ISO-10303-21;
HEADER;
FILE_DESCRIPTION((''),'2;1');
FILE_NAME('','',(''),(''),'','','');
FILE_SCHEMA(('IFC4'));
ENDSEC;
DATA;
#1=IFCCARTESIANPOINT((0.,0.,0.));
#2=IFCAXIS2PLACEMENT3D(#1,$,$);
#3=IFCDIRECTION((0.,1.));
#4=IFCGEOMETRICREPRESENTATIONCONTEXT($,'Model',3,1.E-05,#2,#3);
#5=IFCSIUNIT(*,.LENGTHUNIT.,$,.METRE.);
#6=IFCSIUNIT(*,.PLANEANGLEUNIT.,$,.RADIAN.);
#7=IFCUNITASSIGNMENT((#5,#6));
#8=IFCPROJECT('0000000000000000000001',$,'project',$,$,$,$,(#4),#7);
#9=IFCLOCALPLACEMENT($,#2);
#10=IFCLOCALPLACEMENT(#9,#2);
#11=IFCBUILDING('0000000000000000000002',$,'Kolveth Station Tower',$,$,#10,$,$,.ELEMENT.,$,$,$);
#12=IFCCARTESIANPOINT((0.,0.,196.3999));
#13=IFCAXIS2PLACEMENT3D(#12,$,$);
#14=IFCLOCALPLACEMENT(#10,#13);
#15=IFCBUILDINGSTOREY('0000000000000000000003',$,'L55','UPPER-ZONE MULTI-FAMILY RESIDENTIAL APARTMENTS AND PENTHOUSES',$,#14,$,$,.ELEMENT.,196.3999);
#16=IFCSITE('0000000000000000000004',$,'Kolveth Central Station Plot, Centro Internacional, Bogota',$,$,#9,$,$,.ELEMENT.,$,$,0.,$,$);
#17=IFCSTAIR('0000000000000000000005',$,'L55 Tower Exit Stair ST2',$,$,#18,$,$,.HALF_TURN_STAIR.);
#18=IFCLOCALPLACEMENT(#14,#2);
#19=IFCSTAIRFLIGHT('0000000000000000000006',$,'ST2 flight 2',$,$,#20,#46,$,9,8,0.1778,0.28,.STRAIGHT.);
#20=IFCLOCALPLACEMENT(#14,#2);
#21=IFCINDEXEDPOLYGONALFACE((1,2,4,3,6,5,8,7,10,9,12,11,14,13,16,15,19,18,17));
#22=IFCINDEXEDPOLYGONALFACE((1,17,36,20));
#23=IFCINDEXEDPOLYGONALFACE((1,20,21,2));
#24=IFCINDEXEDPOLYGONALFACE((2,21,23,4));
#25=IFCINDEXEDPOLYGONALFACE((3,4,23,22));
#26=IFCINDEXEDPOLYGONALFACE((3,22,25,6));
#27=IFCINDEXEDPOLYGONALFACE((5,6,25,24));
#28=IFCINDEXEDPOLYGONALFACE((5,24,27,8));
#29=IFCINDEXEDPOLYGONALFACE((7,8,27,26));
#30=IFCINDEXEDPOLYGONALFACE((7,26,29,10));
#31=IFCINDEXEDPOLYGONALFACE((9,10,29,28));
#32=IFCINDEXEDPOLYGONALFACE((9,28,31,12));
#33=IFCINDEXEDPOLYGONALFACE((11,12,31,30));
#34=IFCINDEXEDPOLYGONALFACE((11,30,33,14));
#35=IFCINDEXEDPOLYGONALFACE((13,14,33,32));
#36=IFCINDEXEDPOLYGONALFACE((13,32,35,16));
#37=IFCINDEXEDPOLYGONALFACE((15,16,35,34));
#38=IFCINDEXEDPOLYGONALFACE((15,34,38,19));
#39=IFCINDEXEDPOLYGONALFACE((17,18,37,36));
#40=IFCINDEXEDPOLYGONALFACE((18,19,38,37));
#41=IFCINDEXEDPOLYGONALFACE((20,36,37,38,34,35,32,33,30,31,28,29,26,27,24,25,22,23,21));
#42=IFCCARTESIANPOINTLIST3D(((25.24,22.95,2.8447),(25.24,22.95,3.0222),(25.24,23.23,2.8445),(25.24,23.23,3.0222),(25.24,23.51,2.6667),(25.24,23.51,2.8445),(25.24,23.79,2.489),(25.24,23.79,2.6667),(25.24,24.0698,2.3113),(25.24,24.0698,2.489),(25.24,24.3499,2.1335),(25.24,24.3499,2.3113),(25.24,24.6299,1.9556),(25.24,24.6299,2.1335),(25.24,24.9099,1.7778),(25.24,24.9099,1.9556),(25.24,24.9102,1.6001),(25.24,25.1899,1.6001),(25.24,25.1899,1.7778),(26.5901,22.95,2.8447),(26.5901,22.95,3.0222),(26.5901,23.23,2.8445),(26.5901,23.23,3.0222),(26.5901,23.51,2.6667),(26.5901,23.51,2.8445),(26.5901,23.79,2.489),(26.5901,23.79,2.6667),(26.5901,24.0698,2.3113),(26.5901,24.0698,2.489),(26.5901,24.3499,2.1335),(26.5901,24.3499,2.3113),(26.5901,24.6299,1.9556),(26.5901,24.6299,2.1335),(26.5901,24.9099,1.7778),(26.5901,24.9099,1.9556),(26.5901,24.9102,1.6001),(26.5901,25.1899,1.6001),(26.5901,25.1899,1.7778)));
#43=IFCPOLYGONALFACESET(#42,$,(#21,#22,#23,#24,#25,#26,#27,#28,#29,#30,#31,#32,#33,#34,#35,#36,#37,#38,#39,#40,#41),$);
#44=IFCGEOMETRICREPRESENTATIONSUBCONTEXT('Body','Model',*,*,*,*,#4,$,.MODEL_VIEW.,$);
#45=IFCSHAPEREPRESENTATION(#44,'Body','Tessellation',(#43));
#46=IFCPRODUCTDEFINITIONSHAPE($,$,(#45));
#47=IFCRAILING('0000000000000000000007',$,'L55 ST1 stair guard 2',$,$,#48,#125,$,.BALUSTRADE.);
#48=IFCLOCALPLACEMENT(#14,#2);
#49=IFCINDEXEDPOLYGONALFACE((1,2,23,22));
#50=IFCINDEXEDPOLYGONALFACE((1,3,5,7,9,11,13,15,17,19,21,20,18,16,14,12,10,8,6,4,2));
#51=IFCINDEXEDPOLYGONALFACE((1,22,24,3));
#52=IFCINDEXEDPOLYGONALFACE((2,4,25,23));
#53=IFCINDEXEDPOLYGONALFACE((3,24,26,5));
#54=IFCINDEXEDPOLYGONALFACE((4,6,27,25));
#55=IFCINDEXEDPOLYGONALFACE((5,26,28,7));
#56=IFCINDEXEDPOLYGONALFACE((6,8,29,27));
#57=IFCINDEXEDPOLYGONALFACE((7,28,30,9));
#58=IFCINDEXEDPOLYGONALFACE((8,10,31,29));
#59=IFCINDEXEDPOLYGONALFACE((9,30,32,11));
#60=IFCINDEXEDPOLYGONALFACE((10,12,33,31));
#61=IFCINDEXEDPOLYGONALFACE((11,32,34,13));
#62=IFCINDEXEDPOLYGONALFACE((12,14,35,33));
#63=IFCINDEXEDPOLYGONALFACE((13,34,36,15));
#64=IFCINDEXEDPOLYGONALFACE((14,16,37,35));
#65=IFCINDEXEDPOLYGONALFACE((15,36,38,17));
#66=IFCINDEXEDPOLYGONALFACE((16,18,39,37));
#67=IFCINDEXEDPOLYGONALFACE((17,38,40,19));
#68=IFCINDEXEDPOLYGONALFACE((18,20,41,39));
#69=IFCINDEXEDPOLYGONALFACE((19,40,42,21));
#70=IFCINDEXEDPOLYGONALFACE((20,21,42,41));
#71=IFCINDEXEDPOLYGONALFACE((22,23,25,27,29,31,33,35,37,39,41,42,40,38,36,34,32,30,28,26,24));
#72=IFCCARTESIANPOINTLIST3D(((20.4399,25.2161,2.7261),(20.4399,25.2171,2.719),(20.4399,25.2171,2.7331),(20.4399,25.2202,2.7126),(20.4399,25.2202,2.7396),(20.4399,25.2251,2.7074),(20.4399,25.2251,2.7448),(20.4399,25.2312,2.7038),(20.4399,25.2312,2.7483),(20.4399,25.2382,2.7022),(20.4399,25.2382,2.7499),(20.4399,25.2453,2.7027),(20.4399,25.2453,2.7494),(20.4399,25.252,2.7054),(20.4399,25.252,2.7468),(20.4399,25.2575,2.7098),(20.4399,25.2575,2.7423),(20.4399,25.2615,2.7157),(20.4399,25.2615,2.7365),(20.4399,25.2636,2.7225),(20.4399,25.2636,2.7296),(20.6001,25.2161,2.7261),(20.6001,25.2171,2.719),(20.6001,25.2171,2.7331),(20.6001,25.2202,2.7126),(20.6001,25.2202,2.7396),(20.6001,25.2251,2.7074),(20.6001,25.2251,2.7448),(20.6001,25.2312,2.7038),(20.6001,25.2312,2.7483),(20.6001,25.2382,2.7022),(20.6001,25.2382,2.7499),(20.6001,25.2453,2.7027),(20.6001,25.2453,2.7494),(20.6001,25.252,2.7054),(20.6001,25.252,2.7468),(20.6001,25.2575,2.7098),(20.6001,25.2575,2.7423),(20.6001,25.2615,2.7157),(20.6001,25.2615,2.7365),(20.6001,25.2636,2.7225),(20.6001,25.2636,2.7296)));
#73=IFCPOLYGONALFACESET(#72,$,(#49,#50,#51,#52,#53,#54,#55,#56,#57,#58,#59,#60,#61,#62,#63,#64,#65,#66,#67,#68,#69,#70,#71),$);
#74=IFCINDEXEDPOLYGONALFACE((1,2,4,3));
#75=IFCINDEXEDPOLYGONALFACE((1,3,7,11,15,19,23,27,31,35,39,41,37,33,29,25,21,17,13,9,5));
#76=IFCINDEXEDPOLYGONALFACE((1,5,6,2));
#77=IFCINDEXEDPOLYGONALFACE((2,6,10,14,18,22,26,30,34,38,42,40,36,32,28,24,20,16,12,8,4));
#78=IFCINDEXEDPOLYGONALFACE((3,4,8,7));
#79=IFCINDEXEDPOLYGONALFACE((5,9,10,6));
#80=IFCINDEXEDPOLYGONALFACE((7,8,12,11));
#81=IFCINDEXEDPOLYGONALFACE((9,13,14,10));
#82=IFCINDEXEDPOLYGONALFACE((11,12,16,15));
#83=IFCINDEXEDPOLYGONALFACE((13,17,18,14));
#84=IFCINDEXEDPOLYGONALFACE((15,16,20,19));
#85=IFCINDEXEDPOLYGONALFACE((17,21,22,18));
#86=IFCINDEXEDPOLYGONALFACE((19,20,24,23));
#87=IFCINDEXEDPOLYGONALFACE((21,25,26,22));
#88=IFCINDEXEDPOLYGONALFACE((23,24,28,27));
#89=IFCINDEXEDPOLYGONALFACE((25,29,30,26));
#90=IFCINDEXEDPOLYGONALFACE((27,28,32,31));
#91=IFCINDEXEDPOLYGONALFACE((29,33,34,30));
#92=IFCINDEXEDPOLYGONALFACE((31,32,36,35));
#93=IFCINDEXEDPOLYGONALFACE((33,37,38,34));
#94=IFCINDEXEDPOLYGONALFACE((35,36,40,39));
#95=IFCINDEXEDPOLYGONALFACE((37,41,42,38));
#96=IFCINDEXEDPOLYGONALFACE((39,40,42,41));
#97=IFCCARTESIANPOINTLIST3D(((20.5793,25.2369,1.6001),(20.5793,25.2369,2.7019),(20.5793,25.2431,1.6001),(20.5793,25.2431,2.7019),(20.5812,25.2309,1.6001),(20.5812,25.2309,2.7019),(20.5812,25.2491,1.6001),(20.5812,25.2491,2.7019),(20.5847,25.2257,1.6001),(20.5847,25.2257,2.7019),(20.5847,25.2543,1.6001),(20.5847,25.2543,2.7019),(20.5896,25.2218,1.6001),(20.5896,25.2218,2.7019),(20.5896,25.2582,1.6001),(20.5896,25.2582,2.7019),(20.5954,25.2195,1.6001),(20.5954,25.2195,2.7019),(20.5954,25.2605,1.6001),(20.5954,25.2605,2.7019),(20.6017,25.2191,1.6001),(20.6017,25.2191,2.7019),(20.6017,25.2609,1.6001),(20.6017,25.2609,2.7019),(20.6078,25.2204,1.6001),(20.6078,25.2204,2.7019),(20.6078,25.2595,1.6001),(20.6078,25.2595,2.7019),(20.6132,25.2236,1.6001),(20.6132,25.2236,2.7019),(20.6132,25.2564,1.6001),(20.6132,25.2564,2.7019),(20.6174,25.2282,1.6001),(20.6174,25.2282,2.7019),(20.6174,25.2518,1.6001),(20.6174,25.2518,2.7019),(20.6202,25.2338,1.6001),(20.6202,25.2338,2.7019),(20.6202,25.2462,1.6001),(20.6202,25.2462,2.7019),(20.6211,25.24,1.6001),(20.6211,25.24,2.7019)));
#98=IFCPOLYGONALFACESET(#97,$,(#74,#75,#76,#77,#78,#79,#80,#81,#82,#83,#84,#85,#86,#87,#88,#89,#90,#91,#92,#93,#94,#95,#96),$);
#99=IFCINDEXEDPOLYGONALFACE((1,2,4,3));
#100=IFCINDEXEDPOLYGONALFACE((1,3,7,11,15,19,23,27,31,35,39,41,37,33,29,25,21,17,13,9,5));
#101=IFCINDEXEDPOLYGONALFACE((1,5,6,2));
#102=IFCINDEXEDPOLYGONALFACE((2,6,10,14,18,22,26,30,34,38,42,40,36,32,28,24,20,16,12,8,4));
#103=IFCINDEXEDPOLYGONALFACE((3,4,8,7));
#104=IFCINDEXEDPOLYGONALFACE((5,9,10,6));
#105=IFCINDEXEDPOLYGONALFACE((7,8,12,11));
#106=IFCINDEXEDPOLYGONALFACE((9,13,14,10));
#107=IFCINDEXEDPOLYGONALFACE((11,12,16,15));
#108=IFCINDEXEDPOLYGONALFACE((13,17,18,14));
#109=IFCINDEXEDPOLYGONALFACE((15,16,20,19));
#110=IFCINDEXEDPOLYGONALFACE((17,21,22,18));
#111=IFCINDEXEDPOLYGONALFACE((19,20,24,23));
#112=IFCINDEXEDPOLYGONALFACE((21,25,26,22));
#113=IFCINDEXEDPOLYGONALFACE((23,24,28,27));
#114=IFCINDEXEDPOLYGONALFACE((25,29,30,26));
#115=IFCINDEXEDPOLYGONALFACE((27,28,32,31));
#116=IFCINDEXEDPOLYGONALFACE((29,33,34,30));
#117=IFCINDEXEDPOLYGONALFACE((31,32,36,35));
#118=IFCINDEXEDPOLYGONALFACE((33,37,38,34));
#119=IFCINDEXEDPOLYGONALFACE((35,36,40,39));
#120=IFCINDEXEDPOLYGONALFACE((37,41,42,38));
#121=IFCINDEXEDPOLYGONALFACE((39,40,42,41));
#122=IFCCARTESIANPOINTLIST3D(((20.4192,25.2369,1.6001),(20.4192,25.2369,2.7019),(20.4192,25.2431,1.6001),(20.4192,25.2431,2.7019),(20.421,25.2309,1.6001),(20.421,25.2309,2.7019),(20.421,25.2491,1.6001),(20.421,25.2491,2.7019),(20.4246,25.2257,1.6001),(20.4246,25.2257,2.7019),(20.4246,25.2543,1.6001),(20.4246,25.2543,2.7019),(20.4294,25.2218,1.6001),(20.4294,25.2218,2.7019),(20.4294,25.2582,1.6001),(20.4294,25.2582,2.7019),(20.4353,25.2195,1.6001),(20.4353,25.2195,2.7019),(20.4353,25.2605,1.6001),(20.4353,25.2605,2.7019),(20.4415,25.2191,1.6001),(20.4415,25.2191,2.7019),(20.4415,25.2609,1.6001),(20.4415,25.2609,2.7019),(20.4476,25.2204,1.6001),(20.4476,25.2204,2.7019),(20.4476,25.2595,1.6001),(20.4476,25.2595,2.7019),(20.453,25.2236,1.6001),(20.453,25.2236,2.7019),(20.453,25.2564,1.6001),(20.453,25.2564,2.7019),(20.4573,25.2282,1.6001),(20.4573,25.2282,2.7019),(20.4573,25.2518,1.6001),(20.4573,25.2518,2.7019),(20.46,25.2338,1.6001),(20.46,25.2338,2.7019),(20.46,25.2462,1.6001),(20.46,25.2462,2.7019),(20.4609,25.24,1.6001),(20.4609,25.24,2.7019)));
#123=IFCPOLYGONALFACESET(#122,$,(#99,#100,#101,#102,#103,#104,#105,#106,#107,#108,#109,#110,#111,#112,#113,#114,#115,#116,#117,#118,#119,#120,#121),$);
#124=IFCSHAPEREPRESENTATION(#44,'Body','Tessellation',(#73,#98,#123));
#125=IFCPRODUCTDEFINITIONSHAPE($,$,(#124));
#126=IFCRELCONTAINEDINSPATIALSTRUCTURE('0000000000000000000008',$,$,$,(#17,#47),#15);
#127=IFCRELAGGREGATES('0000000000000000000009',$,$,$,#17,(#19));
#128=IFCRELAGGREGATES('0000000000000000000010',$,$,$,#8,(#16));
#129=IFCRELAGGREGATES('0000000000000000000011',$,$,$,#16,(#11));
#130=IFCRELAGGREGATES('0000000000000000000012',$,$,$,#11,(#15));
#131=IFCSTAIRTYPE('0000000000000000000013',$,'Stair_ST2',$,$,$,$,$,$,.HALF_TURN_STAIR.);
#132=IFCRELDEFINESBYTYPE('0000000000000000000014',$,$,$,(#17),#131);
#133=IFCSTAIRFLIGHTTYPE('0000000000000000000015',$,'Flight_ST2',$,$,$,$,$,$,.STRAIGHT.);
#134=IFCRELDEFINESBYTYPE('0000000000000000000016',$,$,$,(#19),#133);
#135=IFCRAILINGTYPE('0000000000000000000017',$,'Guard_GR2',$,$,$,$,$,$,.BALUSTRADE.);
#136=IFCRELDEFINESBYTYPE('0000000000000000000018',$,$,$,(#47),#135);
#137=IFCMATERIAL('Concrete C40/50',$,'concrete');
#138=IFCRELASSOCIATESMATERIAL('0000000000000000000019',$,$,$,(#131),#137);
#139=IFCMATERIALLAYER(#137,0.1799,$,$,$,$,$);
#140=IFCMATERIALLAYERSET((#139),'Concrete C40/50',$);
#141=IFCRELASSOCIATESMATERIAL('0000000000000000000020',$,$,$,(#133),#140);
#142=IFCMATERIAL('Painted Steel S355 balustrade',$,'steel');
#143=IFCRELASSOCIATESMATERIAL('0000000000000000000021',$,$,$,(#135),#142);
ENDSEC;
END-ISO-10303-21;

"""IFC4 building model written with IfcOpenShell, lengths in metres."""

from ifc_helpers import new_model, si_unit, direction, frame, origin, origin_2d, place, context, subcontext, project, spatial, polyline, circle, outline, extrude, material, layer, layer_set, type_object, element, aggregate, save


model = new_model("IFC4")

# Units and contexts
model_context = context("Model", 3, precision=1e-05, world=origin(), true_north=direction((0.0, 1.0)))
body_context = subcontext(model_context, "Body", "Model", "MODEL_VIEW")
ifc_project = project(units=[si_unit("LENGTHUNIT", "METRE"), si_unit("PLANEANGLEUNIT", "RADIAN")], contexts=[model_context])

# Site, building, storey
site_placement = place(None, origin())
site = spatial("IfcSite", under=ifc_project, at=site_placement, Name="Kolveth Central Station Plot, Centro Internacional, Bogota", CompositionType="ELEMENT", RefElevation=0.0)
building_placement = place(site_placement, origin())
building = spatial("IfcBuilding", under=site, at=building_placement, Name="Kolveth Station Tower", CompositionType="ELEMENT")
storey_placement = place(building_placement, frame((0.0, 0.0, 196.3999)))
storey = spatial("IfcBuildingStorey", under=building, at=storey_placement, Name="L55", Description="UPPER-ZONE MULTI-FAMILY RESIDENTIAL APARTMENTS AND PENTHOUSES", CompositionType="ELEMENT", Elevation=196.3999)

# Stair, stair flight
ifc_material_1 = material(Name="Concrete C40/50", Category="concrete")
stair_type_1 = type_object("IfcStairType", Name="Stair_ST2", PredefinedType="HALF_TURN_STAIR", material=ifc_material_1)
stair_1_placement = place(storey_placement, origin())
stair_1 = element("IfcStair", 1, at=stair_1_placement, inside=storey, type_object=stair_type_1, Name="L55 Tower Exit Stair ST2", PredefinedType="HALF_TURN_STAIR")
ifc_layer_1 = layer(ifc_material_1, 0.1799)
ifc_layer_set_1 = layer_set([ifc_layer_1], Name="Concrete C40/50")
stair_flight_type_1 = type_object("IfcStairFlightType", Name="Flight_ST2", PredefinedType="STRAIGHT", material=ifc_layer_set_1)
stair_flight_1_placement = place(storey_placement, frame((25.915, 25.1899, 1.6001), z_axis=(0.0, 0.0, 1.0), x_axis=(0.0, -1.0, 0.0)))
stair_flight_1 = element("IfcStairFlight", 2, at=stair_flight_1_placement, type_object=stair_flight_type_1, Name="ST2 flight 2", NumberOfRisers=9, NumberOfTreads=8, PredefinedType="STRAIGHT", RiserHeight=0.1778, TreadLength=0.28, context=body_context, shape_type="SweptSolid", body=[
    extrude(outline(polyline([(0.0, 0.0), (0.0, 0.1777), (0.28, 0.1777), (0.28, 0.3555), (0.5601, 0.3555), (0.5601, 0.5334), (0.8401, 0.5334), (0.8401, 0.7112), (1.1201, 0.7112), (1.1201, 0.8889), (1.3999, 0.8889), (1.3999, 1.0667), (1.6799, 1.0667), (1.6799, 1.2444), (1.96, 1.2444), (1.96, 1.4221), (2.24, 1.4221), (2.24, 1.6001), (2.24, 1.2446), (0.2798, 0.0), (0.0, 0.0)])), frame((0.0, 0.675, 0.0), z_axis=(0.0, -1.0, 0.0), x_axis=(1.0, 0.0, 0.0)), (0.0, 0.0, 1.0), 1.3501),
])
aggregate(stair_1, [stair_flight_1])

# Railing
ifc_material_2 = material(Name="Painted Steel S355 balustrade", Category="steel")
railing_type_1 = type_object("IfcRailingType", Name="Guard_GR2", PredefinedType="BALUSTRADE", material=ifc_material_2)
railing_1_placement = place(storey_placement, frame((20.6001, 25.24, 1.6001)))
element("IfcRailing", 3, at=railing_1_placement, inside=storey, type_object=railing_type_1, Name="L55 ST1 stair guard 2", PredefinedType="BALUSTRADE", context=body_context, shape_type="SweptSolid", body=[
    extrude(circle(Radius=0.0239, at=origin_2d()), frame((0.0, 0.0, 1.126), z_axis=(-1.0, 0.0, 0.0), x_axis=(0.0, -1.0, 0.0)), (0.0, 0.0, 1.0), 0.1602),
    extrude(circle(Radius=0.021, at=origin_2d()), origin(), (0.0, 0.0, 1.0), 1.1018),
    extrude(circle(Radius=0.021, at=origin_2d()), frame((-0.1602, 0.0, 0.0)), (0.0, 0.0, 1.0), 1.1018),
])

save(model, "model.ifc")
